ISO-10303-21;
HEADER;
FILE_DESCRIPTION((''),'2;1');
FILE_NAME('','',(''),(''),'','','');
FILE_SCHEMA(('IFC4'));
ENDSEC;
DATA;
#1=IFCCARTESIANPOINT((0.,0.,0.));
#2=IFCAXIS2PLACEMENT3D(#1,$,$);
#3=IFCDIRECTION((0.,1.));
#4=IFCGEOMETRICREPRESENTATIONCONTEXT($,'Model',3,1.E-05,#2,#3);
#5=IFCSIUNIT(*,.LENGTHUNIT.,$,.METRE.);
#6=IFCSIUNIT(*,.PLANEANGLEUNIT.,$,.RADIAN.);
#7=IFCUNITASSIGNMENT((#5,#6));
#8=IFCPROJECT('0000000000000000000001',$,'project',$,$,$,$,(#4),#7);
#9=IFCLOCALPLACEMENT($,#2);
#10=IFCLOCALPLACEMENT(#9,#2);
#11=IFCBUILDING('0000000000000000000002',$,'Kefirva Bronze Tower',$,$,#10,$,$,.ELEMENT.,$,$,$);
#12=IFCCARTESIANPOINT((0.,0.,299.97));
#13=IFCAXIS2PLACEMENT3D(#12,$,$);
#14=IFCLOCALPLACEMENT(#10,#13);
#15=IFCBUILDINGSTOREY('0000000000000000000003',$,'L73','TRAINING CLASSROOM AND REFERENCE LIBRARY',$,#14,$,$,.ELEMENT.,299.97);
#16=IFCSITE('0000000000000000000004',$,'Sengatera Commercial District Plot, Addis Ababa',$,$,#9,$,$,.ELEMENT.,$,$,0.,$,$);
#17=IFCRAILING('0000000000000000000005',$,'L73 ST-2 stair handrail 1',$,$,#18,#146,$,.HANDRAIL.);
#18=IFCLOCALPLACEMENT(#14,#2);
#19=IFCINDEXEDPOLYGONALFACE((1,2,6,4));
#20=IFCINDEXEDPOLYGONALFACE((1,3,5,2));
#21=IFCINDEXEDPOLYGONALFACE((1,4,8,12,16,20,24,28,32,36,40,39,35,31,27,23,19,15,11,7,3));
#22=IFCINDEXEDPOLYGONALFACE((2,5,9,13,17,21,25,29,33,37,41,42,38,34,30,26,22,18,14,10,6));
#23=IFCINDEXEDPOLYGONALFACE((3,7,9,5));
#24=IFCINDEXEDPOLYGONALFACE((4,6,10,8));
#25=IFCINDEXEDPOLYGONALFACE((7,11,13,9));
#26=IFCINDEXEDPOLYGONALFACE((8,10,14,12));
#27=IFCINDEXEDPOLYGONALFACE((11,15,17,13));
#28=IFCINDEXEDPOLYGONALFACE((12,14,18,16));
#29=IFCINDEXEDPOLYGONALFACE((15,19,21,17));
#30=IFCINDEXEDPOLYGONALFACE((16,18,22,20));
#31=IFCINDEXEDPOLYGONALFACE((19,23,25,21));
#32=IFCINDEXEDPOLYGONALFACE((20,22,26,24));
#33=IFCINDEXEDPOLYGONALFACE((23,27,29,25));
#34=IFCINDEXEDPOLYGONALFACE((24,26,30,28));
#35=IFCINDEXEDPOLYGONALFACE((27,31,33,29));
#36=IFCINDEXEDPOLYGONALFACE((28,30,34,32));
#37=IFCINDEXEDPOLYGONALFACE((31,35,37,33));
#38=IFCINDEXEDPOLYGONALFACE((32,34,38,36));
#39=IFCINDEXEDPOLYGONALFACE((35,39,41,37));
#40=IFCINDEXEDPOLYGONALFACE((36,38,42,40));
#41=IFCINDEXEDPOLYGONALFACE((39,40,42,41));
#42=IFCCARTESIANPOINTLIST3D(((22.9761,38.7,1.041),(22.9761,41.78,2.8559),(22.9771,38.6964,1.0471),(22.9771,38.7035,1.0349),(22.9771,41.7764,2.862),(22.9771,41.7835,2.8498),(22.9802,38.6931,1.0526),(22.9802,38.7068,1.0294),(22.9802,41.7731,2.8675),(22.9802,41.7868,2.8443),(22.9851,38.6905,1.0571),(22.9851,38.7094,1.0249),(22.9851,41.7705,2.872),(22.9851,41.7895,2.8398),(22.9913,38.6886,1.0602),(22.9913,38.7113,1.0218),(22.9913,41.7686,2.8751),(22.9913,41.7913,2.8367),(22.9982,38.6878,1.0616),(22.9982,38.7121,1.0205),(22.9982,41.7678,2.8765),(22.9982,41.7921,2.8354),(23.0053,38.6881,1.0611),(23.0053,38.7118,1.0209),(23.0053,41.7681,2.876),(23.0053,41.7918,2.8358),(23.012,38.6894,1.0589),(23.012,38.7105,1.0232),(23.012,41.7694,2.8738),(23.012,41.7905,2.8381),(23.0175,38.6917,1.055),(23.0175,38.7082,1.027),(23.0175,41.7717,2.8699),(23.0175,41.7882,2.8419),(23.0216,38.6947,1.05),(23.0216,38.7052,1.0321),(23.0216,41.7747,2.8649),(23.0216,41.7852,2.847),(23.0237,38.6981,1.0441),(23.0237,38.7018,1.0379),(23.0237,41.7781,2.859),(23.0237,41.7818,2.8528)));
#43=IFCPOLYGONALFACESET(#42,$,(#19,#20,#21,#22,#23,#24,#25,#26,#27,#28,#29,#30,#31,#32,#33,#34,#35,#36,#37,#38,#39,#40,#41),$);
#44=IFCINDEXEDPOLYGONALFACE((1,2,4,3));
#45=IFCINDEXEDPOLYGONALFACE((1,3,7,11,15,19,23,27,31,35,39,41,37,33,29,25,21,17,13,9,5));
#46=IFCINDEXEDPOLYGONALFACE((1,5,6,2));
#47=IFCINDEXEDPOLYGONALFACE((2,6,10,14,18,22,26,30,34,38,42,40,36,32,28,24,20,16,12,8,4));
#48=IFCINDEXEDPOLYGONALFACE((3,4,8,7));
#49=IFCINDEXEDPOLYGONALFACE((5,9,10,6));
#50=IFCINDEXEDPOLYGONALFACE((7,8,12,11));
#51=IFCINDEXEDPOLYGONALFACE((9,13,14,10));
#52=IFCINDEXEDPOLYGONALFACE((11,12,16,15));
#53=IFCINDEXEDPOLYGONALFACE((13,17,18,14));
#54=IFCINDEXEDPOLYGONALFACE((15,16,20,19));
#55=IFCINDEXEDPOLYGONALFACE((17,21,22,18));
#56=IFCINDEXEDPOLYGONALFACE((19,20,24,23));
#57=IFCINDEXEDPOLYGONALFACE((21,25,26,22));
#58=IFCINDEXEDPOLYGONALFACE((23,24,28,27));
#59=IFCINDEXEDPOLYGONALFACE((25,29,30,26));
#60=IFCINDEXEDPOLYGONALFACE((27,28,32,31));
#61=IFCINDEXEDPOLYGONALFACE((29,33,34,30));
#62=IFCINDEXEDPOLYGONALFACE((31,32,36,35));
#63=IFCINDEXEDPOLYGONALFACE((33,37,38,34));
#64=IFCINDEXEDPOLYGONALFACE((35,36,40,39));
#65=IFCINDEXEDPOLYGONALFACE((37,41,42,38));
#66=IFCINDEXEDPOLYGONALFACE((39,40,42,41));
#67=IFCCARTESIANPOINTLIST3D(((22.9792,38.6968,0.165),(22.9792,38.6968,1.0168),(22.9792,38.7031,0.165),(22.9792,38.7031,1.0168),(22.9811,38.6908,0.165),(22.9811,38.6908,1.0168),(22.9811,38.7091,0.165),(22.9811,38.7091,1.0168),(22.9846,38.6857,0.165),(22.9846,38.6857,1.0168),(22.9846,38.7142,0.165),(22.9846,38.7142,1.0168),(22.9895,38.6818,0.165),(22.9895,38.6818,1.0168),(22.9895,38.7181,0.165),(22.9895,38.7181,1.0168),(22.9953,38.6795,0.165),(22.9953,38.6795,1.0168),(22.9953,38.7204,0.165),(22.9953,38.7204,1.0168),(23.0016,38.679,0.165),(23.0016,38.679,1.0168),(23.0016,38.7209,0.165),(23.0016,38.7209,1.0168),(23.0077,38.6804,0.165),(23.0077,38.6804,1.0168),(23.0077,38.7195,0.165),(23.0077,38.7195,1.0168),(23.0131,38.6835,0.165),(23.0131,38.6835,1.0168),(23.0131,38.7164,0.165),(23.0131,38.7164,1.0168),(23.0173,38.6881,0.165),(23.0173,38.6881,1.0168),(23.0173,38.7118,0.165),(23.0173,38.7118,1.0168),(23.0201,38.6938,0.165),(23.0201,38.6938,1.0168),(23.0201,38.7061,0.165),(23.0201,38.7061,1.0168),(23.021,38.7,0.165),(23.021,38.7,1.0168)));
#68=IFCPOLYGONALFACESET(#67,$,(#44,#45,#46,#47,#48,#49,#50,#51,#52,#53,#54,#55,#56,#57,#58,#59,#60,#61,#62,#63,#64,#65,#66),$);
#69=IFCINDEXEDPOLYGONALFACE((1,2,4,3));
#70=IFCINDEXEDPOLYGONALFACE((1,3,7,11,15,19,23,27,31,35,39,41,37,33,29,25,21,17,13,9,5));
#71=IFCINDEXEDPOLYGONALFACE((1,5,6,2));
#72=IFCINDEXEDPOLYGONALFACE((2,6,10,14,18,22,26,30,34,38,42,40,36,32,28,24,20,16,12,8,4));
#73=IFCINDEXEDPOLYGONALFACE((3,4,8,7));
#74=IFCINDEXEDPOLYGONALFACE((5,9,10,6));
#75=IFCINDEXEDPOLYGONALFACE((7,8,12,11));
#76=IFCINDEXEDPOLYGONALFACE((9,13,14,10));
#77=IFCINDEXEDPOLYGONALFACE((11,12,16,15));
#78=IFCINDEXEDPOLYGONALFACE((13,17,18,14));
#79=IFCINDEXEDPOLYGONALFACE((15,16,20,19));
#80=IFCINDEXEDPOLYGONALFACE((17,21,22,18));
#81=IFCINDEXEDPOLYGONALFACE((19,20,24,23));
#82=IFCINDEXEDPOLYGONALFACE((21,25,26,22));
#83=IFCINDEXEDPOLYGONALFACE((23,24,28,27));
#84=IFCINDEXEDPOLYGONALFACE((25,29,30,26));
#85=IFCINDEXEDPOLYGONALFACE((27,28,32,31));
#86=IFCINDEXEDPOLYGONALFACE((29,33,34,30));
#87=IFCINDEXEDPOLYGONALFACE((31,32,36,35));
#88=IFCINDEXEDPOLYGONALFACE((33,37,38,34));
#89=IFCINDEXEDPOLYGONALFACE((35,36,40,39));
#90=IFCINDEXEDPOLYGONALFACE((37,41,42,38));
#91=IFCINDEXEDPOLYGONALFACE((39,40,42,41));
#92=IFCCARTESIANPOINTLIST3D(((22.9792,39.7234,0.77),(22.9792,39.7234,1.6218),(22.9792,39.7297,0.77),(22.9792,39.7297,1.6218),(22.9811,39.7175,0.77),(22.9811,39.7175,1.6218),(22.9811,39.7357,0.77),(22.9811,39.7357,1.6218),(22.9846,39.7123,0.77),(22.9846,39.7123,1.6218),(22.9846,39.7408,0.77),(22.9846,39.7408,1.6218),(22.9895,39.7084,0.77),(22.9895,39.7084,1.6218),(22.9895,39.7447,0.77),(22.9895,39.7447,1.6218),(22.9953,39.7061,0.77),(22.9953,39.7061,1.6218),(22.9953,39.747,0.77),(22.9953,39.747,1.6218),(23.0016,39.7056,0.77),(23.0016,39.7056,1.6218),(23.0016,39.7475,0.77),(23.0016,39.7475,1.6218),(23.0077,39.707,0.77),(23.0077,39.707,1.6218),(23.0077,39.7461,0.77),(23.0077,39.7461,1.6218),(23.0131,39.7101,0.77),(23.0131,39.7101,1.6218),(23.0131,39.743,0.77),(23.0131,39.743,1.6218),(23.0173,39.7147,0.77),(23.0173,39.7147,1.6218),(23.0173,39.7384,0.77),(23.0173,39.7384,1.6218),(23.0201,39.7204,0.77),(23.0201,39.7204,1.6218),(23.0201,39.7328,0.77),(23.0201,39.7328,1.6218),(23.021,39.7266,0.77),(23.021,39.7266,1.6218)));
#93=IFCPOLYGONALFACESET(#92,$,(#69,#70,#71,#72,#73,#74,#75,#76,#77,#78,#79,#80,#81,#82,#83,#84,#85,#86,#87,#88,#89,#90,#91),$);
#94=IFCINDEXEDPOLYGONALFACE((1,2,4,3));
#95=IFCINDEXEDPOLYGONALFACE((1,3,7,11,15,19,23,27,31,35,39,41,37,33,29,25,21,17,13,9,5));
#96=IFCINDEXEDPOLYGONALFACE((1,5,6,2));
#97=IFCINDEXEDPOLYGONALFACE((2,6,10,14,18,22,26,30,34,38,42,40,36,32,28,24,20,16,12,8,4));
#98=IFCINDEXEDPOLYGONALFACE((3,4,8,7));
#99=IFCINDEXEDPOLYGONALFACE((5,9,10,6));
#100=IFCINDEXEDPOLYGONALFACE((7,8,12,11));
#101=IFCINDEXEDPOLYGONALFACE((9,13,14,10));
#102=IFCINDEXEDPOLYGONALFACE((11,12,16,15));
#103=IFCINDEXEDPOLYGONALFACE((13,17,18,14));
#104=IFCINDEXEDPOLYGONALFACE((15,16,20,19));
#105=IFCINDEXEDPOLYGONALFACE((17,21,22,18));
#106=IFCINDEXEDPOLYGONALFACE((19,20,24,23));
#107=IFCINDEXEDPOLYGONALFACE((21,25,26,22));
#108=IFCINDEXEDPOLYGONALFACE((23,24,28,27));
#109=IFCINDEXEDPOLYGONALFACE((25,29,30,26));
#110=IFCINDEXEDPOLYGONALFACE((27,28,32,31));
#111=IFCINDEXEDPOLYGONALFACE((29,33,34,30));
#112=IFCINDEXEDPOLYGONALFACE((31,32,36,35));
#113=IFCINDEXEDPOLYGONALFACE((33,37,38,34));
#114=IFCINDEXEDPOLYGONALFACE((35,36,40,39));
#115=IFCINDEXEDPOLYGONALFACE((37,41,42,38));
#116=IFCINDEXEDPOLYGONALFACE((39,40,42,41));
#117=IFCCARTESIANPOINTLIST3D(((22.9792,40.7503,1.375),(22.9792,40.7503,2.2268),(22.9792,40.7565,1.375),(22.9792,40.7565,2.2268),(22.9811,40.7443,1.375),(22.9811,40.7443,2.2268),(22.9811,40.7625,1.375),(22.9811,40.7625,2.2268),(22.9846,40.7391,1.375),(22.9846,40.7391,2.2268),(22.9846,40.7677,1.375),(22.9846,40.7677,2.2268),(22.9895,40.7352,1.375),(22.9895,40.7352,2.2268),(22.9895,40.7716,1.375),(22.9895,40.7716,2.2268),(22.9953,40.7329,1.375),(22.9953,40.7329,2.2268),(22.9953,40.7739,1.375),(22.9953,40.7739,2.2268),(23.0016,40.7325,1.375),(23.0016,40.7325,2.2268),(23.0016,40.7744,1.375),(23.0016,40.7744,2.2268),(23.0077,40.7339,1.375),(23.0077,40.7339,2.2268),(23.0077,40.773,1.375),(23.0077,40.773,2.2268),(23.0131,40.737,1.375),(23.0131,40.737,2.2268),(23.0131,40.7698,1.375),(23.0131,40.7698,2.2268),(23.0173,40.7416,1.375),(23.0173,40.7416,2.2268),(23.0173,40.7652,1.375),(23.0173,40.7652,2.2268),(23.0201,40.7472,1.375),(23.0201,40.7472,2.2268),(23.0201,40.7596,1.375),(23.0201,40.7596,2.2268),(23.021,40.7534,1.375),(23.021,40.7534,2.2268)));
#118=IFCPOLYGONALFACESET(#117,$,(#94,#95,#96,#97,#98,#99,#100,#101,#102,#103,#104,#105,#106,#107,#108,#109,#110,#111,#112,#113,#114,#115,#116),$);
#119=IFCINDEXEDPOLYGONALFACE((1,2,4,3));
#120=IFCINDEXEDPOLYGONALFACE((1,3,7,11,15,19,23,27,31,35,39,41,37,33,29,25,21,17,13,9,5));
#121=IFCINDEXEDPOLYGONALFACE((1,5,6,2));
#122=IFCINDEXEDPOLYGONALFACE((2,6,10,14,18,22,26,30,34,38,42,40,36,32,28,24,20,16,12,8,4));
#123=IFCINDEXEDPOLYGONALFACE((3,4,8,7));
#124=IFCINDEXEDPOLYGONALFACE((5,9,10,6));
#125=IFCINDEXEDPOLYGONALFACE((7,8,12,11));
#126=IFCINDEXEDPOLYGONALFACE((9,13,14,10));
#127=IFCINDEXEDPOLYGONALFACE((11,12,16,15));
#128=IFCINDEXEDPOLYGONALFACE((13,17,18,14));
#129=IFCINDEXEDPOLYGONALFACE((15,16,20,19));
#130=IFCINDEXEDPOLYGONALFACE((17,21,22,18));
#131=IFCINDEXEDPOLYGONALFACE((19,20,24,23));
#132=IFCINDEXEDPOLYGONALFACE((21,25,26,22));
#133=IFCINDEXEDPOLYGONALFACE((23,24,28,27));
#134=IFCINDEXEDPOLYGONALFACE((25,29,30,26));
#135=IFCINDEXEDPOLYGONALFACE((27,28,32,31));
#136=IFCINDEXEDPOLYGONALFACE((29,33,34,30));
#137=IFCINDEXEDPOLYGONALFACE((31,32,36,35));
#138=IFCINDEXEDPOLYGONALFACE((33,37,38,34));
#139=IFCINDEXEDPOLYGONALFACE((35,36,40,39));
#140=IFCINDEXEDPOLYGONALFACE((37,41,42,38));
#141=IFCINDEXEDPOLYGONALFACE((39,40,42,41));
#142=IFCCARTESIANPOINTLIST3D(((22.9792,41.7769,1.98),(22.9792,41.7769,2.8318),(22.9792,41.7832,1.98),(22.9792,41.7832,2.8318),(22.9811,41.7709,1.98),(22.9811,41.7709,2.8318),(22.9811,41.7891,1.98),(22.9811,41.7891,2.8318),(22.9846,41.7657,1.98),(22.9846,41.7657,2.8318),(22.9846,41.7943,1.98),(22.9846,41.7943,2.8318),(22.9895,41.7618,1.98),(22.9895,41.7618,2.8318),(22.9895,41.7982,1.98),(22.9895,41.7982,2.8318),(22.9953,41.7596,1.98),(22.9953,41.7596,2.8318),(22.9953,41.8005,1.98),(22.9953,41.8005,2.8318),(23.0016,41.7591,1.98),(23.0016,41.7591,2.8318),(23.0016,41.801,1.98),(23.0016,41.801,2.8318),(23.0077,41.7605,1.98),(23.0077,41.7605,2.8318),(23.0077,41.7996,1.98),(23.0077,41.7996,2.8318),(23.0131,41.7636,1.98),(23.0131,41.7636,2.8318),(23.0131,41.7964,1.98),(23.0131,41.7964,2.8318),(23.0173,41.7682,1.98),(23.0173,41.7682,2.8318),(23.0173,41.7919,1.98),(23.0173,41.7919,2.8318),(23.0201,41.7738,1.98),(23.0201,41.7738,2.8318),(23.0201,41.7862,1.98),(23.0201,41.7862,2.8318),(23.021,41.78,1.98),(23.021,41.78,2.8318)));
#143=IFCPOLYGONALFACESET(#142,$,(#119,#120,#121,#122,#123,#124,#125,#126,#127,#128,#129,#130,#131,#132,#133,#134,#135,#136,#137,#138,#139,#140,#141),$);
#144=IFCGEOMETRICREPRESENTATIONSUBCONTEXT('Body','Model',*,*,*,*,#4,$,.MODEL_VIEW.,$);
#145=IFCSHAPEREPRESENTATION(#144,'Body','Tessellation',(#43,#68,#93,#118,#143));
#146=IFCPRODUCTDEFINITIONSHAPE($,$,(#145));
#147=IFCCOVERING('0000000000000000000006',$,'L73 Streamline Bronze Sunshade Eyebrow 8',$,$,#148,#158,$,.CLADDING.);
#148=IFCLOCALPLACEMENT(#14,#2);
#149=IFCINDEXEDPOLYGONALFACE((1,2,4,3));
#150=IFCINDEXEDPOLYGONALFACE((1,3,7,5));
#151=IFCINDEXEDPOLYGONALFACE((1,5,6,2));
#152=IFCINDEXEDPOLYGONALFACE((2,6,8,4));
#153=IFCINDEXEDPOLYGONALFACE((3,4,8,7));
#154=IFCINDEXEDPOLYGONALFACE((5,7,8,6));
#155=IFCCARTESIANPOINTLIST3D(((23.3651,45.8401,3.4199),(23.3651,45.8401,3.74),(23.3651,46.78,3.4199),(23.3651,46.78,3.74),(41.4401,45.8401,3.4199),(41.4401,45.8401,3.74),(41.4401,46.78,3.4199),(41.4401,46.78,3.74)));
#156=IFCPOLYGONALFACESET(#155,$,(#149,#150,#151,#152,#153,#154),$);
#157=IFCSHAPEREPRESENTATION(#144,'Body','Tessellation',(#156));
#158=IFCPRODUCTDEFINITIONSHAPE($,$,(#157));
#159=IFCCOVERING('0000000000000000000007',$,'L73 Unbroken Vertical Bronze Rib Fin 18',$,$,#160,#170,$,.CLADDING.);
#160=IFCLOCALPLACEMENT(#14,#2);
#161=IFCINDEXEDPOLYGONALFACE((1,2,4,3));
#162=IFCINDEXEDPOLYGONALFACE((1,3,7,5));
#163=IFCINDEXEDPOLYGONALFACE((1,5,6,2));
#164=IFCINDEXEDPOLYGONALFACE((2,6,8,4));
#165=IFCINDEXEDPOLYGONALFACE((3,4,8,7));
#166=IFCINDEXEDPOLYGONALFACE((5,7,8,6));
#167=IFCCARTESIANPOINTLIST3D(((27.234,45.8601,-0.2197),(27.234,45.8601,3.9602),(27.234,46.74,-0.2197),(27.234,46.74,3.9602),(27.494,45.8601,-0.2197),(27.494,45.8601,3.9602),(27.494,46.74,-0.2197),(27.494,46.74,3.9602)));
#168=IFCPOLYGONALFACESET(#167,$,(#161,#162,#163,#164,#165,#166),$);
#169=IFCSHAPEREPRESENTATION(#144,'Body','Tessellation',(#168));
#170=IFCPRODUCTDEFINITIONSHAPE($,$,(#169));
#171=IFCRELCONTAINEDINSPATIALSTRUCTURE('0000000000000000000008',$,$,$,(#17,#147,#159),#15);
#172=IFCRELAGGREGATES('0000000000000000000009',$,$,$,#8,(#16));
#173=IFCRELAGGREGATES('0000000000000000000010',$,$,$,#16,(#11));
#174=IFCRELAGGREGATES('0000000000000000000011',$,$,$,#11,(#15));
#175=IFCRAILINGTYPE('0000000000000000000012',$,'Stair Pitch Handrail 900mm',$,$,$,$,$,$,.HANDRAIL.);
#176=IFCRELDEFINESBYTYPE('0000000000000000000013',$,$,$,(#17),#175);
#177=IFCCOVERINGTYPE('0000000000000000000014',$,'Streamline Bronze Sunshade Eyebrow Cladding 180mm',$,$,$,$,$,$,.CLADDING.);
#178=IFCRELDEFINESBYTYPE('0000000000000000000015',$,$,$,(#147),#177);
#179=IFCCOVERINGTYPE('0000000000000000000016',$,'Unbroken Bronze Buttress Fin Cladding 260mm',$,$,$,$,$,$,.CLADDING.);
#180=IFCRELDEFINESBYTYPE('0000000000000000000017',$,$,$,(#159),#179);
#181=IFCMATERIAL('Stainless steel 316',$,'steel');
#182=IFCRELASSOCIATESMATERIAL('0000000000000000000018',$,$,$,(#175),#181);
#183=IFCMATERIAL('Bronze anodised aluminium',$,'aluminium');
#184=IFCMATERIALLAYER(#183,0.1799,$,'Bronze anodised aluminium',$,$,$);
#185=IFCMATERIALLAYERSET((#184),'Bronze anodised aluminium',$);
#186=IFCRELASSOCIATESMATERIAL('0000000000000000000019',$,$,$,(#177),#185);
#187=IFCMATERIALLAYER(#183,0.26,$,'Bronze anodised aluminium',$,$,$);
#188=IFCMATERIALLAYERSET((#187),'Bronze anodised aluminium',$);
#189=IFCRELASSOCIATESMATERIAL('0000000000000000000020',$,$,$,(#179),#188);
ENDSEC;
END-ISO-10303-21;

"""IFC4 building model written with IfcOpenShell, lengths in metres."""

from ifc_helpers import new_model, si_unit, direction, frame, origin, origin_2d, place, context, subcontext, project, spatial, rectangle, circle, extrude, material, layer, layer_set, type_object, element, save


model = new_model("IFC4")

# Units and contexts
model_context = context("Model", 3, precision=1e-05, world=origin(), true_north=direction((0.0, 1.0)))
body_context = subcontext(model_context, "Body", "Model", "MODEL_VIEW")
ifc_project = project(units=[si_unit("LENGTHUNIT", "METRE"), si_unit("PLANEANGLEUNIT", "RADIAN")], contexts=[model_context])

# Site, building, storey
site_placement = place(None, origin())
site = spatial("IfcSite", under=ifc_project, at=site_placement, Name="Sengatera Commercial District Plot, Addis Ababa", CompositionType="ELEMENT", RefElevation=0.0)
building_placement = place(site_placement, origin())
building = spatial("IfcBuilding", under=site, at=building_placement, Name="Kefirva Bronze Tower", CompositionType="ELEMENT")
storey_placement = place(building_placement, frame((0.0, 0.0, 299.97)))
storey = spatial("IfcBuildingStorey", under=building, at=storey_placement, Name="L73", Description="TRAINING CLASSROOM AND REFERENCE LIBRARY", CompositionType="ELEMENT", Elevation=299.97)

# Shared definitions
ifc_material_1 = material(Name="Bronze anodised aluminium", Category="aluminium")

# Railing
ifc_material_2 = material(Name="Stainless steel 316", Category="steel")
railing_type_1 = type_object("IfcRailingType", Name="Stair Pitch Handrail 900mm", PredefinedType="HANDRAIL", material=ifc_material_2)
railing_1_placement = place(storey_placement, frame((23.0, 38.7, 0.165)))
element("IfcRailing", 1, at=railing_1_placement, inside=storey, type_object=railing_type_1, Name="L73 ST-2 stair handrail 1", PredefinedType="HANDRAIL", context=body_context, shape_type="SweptSolid", body=[
    extrude(circle(Radius=0.0239, at=origin_2d()), frame((0.0, 0.0, 0.876), z_axis=(0.0, 0.861551, 0.507671), x_axis=(-1.0, 0.0, 0.0)), (0.0, 0.0, 1.0), 3.575),
    extrude(circle(Radius=0.021, at=origin_2d()), origin(), (0.0, 0.0, 1.0), 0.8518),
    extrude(circle(Radius=0.021, at=origin_2d()), frame((0.0, 1.0266, 0.605)), (0.0, 0.0, 1.0), 0.8518),
    extrude(circle(Radius=0.021, at=origin_2d()), frame((0.0, 2.0535, 1.21)), (0.0, 0.0, 1.0), 0.8518),
    extrude(circle(Radius=0.021, at=origin_2d()), frame((0.0, 3.0801, 1.8149)), (0.0, 0.0, 1.0), 0.8518),
])

# Coverings
ifc_layer_1 = layer(ifc_material_1, 0.1799, Name="Bronze anodised aluminium")
ifc_layer_set_1 = layer_set([ifc_layer_1], Name="Bronze anodised aluminium")
covering_type_1 = type_object("IfcCoveringType", Name="Streamline Bronze Sunshade Eyebrow Cladding 180mm", PredefinedType="CLADDING", material=ifc_layer_set_1)
covering_1_placement = place(storey_placement, frame((32.4026, 46.3101, 3.4199), z_axis=(0.0, 0.0, 1.0), x_axis=(-1.0, 0.0, 0.0)))
element("IfcCovering", 2, at=covering_1_placement, inside=storey, type_object=covering_type_1, Name="L73 Streamline Bronze Sunshade Eyebrow 8", PredefinedType="CLADDING", context=body_context, shape_type="SweptSolid", body=[
    extrude(rectangle(XDim=18.075, YDim=0.9399, at=origin_2d()), origin(), (0.0, 0.0, 1.0), 0.3201),
])
ifc_layer_2 = layer(ifc_material_1, 0.26, Name="Bronze anodised aluminium")
ifc_layer_set_2 = layer_set([ifc_layer_2], Name="Bronze anodised aluminium")
covering_type_2 = type_object("IfcCoveringType", Name="Unbroken Bronze Buttress Fin Cladding 260mm", PredefinedType="CLADDING", material=ifc_layer_set_2)
covering_2_placement = place(storey_placement, frame((27.364, 46.3, -0.2197), z_axis=(0.0, 0.0, 1.0), x_axis=(-1.0, 0.0, 0.0)))
element("IfcCovering", 3, at=covering_2_placement, inside=storey, type_object=covering_type_2, Name="L73 Unbroken Vertical Bronze Rib Fin 18", PredefinedType="CLADDING", context=body_context, shape_type="SweptSolid", body=[
    extrude(rectangle(XDim=0.26, YDim=0.8799, at=origin_2d()), origin(), (0.0, 0.0, 1.0), 4.1799),
])

save(model, "model.ifc")
